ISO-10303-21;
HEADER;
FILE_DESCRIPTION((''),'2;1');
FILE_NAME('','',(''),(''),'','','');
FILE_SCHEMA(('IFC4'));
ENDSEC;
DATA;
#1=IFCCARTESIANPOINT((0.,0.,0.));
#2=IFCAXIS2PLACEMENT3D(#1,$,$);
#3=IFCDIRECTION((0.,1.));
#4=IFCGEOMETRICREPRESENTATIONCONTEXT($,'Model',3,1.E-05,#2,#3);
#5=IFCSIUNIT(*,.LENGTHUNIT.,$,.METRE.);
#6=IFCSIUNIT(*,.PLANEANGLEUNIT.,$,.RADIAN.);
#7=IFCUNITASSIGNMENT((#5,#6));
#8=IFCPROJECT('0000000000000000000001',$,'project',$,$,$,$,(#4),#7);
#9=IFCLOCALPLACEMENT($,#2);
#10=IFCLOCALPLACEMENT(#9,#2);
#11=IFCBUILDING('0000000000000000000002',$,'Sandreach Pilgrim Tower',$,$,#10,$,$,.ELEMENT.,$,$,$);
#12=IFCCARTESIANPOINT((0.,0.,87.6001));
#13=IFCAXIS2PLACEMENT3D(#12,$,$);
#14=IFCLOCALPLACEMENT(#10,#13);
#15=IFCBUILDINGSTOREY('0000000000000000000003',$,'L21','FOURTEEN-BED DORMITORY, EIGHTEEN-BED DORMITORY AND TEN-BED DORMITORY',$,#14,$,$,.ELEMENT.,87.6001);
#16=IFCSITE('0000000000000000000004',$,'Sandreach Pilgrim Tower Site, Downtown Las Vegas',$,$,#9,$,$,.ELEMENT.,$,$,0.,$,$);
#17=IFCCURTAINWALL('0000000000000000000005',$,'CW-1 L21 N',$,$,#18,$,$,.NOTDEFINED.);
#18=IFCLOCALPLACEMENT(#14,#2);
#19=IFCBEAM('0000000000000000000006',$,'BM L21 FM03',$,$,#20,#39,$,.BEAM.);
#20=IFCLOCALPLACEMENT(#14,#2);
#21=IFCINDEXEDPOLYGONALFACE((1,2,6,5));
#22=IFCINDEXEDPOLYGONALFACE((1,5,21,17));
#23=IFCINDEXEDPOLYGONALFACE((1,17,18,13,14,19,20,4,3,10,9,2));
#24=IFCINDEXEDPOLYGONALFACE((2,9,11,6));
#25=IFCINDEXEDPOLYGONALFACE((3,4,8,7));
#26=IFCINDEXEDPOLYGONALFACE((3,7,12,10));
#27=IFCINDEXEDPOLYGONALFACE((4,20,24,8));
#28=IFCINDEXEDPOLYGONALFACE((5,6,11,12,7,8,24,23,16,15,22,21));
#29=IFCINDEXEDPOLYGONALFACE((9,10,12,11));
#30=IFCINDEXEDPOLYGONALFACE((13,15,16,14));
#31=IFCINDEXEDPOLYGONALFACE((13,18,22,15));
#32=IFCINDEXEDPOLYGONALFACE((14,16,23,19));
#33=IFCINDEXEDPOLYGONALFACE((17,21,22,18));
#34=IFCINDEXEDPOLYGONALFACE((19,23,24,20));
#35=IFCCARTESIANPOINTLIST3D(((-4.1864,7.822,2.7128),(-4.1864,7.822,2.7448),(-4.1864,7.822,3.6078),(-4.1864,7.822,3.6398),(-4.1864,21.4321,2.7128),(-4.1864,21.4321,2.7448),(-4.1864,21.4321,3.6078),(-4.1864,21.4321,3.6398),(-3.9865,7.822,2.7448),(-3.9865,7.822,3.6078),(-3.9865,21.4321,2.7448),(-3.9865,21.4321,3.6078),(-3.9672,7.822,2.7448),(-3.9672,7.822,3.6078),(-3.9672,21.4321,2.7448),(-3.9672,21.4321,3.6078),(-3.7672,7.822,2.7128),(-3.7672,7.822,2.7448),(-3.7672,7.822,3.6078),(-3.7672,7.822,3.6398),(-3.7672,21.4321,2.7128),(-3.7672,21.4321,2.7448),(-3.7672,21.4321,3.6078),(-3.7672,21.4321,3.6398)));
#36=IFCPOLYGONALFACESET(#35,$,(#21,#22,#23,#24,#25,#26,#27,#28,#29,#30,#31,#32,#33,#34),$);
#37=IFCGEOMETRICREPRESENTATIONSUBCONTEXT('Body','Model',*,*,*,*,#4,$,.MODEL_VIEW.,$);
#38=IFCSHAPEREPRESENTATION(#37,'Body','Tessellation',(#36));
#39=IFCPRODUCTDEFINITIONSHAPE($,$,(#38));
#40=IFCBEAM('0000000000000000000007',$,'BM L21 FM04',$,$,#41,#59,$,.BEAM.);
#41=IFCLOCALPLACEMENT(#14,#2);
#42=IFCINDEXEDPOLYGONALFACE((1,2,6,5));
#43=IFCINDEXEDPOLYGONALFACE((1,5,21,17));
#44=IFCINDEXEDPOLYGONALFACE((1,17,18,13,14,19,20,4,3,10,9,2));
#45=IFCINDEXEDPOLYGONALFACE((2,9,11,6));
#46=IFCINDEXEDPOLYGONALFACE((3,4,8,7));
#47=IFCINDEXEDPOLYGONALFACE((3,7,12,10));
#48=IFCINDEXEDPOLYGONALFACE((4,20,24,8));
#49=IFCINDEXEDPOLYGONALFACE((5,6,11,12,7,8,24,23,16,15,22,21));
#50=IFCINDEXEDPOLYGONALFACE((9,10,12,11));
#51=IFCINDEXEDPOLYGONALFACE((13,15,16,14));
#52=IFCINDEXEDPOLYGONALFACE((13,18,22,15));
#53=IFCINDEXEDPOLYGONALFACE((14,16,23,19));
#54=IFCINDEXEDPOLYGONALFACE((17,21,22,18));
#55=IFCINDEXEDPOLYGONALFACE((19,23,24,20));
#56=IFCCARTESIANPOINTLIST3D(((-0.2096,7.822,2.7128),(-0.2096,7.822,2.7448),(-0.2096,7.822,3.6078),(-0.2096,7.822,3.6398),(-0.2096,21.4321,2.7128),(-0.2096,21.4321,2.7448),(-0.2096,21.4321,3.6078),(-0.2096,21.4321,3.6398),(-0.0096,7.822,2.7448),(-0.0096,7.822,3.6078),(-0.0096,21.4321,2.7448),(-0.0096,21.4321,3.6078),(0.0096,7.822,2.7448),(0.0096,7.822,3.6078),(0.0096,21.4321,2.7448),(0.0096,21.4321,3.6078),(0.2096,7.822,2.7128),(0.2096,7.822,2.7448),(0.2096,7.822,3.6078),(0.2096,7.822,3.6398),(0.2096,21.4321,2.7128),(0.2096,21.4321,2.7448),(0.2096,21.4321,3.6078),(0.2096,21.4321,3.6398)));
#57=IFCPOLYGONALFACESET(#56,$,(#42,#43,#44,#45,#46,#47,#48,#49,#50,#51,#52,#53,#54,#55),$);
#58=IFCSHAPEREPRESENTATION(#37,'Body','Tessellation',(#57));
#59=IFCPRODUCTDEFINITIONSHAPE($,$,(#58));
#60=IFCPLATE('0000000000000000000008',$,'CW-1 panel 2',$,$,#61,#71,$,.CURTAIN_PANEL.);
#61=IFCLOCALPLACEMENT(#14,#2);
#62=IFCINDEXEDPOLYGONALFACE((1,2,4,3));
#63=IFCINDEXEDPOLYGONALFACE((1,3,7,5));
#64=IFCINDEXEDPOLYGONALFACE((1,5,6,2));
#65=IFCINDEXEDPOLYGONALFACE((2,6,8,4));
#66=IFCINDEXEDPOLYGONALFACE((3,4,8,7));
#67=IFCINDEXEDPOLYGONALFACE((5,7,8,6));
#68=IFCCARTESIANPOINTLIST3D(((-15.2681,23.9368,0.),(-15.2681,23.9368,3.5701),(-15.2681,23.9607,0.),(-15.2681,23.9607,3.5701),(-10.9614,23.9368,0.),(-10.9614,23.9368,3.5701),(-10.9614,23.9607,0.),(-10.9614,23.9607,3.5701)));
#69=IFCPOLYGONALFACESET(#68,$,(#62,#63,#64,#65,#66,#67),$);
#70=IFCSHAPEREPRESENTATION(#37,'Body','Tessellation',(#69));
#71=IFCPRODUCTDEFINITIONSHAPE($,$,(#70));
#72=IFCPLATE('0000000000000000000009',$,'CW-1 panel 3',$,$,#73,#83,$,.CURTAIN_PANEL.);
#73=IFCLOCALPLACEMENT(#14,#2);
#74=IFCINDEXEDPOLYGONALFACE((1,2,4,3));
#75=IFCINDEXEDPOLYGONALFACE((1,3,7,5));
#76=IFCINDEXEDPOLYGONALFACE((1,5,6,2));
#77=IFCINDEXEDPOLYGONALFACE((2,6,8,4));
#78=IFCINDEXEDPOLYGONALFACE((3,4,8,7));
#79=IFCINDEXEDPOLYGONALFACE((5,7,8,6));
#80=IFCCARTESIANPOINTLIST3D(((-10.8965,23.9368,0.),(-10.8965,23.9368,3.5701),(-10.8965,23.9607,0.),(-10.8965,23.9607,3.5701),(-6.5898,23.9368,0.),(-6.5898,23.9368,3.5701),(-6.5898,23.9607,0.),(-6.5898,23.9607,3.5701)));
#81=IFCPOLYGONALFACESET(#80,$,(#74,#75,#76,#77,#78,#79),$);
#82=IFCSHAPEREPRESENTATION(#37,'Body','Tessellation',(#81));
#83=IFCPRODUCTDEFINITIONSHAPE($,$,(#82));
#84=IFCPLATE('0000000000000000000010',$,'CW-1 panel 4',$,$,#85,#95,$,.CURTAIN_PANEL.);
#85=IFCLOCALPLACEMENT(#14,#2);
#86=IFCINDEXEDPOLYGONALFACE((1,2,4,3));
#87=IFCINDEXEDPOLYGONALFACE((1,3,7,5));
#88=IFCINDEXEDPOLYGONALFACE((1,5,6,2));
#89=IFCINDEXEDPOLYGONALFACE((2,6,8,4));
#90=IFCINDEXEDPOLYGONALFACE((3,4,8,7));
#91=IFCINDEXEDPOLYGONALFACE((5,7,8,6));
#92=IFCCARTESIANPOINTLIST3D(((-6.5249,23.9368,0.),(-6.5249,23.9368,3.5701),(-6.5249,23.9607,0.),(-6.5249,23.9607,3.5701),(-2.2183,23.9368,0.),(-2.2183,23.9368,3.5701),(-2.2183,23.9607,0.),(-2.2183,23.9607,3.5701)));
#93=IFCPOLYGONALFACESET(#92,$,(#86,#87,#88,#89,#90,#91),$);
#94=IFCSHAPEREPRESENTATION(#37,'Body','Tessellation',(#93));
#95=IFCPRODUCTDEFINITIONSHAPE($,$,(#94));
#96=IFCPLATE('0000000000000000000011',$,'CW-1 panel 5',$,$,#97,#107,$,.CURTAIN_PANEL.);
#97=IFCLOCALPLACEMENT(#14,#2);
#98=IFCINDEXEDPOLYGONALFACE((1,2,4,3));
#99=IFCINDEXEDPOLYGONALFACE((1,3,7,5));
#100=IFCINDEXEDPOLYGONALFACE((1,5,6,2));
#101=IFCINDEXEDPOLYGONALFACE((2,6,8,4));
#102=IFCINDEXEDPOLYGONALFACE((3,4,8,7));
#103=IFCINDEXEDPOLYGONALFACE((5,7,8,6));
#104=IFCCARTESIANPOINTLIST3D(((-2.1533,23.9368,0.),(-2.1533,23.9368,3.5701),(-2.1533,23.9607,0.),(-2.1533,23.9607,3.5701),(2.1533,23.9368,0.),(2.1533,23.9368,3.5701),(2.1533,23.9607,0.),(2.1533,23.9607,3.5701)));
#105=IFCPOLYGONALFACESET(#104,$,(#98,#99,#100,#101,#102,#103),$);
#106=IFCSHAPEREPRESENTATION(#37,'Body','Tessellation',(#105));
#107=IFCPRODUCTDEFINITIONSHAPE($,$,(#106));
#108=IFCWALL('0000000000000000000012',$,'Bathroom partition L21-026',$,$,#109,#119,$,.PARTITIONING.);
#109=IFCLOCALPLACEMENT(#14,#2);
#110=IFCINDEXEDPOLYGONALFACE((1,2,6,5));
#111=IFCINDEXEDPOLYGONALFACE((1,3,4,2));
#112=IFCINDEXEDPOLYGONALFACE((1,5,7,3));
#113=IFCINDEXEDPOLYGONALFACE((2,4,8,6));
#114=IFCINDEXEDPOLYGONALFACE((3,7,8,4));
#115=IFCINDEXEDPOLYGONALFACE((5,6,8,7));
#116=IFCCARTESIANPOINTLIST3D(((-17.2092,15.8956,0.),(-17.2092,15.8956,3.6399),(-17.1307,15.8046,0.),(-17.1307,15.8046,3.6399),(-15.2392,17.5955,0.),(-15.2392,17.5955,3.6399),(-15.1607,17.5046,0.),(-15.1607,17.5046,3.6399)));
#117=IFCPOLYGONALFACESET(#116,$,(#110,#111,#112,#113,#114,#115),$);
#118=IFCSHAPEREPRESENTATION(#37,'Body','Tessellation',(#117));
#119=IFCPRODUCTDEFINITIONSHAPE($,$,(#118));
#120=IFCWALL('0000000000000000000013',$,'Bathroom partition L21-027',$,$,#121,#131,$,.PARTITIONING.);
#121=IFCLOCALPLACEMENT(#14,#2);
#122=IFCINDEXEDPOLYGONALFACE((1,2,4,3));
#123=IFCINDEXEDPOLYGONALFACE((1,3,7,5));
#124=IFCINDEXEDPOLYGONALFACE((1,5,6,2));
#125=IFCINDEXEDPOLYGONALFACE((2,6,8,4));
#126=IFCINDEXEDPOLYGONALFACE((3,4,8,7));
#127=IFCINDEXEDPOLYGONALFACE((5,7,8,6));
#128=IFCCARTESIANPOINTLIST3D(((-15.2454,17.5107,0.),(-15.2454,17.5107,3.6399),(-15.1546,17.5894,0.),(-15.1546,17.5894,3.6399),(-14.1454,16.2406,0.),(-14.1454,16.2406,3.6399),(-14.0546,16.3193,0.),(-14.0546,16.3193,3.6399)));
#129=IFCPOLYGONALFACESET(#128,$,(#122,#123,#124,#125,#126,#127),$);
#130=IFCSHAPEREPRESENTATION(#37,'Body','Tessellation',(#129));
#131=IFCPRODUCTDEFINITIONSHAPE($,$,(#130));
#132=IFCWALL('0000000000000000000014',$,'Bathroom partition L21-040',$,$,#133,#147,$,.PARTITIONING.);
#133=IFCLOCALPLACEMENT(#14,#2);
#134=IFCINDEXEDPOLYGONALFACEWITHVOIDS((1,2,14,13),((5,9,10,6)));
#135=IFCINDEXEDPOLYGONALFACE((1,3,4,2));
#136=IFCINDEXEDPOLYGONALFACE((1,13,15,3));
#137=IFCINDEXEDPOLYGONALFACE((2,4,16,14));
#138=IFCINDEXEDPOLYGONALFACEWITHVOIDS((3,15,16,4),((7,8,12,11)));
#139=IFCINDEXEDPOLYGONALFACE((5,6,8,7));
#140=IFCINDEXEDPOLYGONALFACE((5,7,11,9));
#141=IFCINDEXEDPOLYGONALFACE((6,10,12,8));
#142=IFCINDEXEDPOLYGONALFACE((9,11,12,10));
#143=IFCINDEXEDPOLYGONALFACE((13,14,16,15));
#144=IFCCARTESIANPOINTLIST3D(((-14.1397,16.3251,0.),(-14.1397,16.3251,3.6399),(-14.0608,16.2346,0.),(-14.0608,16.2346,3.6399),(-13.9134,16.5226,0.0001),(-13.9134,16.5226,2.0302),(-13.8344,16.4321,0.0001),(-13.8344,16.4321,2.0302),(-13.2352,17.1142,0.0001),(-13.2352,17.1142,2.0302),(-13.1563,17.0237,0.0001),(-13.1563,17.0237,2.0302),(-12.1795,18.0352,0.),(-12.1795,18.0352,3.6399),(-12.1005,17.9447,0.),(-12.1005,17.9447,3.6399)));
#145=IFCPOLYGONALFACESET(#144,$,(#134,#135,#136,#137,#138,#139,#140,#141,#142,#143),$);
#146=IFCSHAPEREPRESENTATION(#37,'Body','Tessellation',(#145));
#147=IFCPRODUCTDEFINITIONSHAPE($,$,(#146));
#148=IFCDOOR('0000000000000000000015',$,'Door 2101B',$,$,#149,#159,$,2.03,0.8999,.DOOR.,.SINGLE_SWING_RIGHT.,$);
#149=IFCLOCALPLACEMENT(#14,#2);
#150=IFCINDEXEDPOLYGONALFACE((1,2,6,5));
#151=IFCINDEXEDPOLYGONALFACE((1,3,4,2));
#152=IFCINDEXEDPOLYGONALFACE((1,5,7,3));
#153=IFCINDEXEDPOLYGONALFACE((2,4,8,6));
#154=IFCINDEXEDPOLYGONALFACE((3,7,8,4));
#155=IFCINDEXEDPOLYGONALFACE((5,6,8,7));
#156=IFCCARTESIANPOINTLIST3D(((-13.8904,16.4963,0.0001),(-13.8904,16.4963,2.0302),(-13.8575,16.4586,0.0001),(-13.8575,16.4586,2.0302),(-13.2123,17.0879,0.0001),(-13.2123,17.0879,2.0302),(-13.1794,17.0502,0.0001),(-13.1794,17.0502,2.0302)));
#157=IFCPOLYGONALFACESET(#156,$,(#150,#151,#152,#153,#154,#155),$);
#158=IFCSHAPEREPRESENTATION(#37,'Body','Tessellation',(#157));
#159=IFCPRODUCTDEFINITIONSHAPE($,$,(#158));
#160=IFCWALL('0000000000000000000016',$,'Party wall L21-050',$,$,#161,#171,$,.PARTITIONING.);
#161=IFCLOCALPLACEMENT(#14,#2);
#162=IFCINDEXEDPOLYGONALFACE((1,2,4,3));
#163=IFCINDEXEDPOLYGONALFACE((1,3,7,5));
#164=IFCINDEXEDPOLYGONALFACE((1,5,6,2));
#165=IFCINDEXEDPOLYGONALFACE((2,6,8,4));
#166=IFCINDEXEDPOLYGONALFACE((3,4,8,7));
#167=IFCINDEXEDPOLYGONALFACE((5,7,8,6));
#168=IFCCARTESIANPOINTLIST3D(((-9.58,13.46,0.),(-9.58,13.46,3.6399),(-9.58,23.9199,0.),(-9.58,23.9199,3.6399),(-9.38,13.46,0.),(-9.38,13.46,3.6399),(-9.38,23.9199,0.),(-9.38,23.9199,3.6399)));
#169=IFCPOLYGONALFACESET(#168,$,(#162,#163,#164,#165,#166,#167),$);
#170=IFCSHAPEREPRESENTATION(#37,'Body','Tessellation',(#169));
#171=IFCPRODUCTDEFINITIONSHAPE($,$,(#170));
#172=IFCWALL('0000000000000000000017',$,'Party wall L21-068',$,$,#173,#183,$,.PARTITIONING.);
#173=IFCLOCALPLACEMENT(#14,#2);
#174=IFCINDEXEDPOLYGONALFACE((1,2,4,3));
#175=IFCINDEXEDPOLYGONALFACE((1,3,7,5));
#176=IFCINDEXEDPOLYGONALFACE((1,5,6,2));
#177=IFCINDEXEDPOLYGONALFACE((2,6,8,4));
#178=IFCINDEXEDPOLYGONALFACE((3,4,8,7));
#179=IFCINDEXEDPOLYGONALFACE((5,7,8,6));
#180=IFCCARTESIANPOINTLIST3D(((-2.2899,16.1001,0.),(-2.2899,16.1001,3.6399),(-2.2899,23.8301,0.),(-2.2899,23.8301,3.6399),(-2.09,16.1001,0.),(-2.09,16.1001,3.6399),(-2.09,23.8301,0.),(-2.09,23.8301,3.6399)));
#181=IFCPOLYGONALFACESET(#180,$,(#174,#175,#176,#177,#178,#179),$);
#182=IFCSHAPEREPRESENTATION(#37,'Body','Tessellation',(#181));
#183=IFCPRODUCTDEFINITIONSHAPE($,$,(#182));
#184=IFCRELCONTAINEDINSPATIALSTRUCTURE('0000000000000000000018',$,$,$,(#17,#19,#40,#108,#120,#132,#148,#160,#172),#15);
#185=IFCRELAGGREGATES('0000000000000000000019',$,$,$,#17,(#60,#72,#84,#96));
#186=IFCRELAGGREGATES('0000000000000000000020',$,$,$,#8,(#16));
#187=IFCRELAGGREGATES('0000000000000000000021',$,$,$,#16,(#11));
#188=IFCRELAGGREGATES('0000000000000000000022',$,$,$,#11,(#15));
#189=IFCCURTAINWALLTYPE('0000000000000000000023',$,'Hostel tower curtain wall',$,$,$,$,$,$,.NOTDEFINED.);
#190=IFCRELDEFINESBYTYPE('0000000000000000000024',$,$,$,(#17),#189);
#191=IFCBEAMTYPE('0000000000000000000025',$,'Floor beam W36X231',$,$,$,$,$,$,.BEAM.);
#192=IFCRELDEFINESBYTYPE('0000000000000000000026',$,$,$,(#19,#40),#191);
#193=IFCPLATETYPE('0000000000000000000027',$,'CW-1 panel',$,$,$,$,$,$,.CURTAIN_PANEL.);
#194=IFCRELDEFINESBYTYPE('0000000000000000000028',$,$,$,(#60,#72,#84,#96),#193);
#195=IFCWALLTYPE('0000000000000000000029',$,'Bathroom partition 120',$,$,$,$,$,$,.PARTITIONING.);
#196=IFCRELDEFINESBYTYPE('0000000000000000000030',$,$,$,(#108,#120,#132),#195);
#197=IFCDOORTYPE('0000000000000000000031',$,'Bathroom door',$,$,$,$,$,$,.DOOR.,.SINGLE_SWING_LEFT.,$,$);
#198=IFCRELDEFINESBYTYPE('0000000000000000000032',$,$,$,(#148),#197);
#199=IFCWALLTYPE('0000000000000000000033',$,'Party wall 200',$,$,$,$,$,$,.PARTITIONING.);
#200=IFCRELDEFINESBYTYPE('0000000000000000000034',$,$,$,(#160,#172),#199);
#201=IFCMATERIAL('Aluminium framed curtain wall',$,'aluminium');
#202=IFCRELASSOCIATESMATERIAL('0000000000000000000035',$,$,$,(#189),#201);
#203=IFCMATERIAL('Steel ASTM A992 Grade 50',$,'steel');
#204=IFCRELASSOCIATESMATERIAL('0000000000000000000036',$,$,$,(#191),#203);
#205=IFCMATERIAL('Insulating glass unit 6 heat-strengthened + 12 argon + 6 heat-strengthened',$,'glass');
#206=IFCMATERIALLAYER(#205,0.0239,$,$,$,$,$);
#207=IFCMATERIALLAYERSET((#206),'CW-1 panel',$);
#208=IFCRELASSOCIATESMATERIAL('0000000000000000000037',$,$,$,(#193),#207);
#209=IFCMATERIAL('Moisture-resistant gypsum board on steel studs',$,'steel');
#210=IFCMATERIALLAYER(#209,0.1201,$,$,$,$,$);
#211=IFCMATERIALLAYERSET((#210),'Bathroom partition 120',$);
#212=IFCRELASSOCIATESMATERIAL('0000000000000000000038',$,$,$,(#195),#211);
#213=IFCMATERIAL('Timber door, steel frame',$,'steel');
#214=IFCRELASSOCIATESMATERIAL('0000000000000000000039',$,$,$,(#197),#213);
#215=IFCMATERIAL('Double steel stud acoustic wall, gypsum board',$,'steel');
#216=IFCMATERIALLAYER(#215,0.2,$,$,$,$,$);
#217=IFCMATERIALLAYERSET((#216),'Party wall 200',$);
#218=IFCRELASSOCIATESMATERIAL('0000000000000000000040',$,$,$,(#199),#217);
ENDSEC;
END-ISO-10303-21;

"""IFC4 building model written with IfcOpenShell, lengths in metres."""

from ifc_helpers import new_model, si_unit, direction, frame, frame_2d, origin, origin_2d, place, context, subcontext, project, spatial, rectangle, i_section, extrude, material, layer, layer_set, material_profile, profile_set, type_object, element, fill, aggregate, save


model = new_model("IFC4")

# Units and contexts
model_context = context("Model", 3, precision=1e-05, world=origin(), true_north=direction((0.0, 1.0)))
body_context = subcontext(model_context, "Body", "Model", "MODEL_VIEW")
ifc_project = project(units=[si_unit("LENGTHUNIT", "METRE"), si_unit("PLANEANGLEUNIT", "RADIAN")], contexts=[model_context])

# Site, building, storey
site_placement = place(None, origin())
site = spatial("IfcSite", under=ifc_project, at=site_placement, Name="Sandreach Pilgrim Tower Site, Downtown Las Vegas", CompositionType="ELEMENT", RefElevation=0.0)
building_placement = place(site_placement, origin())
building = spatial("IfcBuilding", under=site, at=building_placement, Name="Sandreach Pilgrim Tower", CompositionType="ELEMENT")
storey_placement = place(building_placement, frame((0.0, 0.0, 87.6001)))
storey = spatial("IfcBuildingStorey", under=building, at=storey_placement, Name="L21", Description="FOURTEEN-BED DORMITORY, EIGHTEEN-BED DORMITORY AND TEN-BED DORMITORY", CompositionType="ELEMENT", Elevation=87.6001)

# Curtain wall
ifc_material_1 = material(Name="Aluminium framed curtain wall", Category="aluminium")
curtain_wall_type = type_object("IfcCurtainWallType", Name="Hostel tower curtain wall", PredefinedType="NOTDEFINED", material=ifc_material_1)
curtain_wall_placement = place(storey_placement, origin())
curtain_wall = element("IfcCurtainWall", 1, at=curtain_wall_placement, inside=storey, type_object=curtain_wall_type, Name="CW-1 L21 N", PredefinedType="NOTDEFINED")

# Beams
ifc_material_2 = material(Name="Steel ASTM A992 Grade 50", Category="steel")
ifc_material_profile_1 = material_profile(ifc_material_2, i_section(OverallWidth=0.4192, OverallDepth=0.927, WebThickness=0.0193, FlangeThickness=0.032, at=origin_2d()), Name="W36X231")
ifc_profile_set_1 = profile_set([ifc_material_profile_1], Name="Steel ASTM A992 Grade 50")
beam_type_1 = type_object("IfcBeamType", Name="Floor beam W36X231", PredefinedType="BEAM", material=ifc_profile_set_1)
for number, where, z_axis, x_axis, name in (
    (2, (-3.9768, 21.4321, 3.1763), (0.0, -1.0, 0.0), (1.0, 0.0, 0.0), "BM L21 FM03"),
    (3, (0.0, 21.4321, 3.1763), (0.0, -1.0, 0.0), (1.0, 0.0, 0.0), "BM L21 FM04"),
):
    element("IfcBeam", number, at=place(storey_placement, frame(where, z_axis=z_axis, x_axis=x_axis)), inside=storey, type_object=beam_type_1, Name=name, PredefinedType="BEAM", context=body_context, shape_type="SweptSolid", body=[
        extrude(i_section(OverallWidth=0.4192, OverallDepth=0.927, WebThickness=0.0193, FlangeThickness=0.032, at=origin_2d()), origin(), (0.0, 0.0, 1.0), 13.6101),
    ])

# Plates
ifc_material_3 = material(Name="Insulating glass unit 6 heat-strengthened + 12 argon + 6 heat-strengthened", Category="glass")
ifc_layer_1 = layer(ifc_material_3, 0.0239)
ifc_layer_set_1 = layer_set([ifc_layer_1], Name="CW-1 panel")
plate_type = type_object("IfcPlateType", Name="CW-1 panel", PredefinedType="CURTAIN_PANEL", material=ifc_layer_set_1)
plate_1_placement = place(storey_placement, frame((-13.1147, 23.9487, 0.0), z_axis=(0.0, 0.0, 1.0), x_axis=(1.0, 0.0, 0.0)))
plate_1 = element("IfcPlate", 4, at=plate_1_placement, type_object=plate_type, Name="CW-1 panel 2", PredefinedType="CURTAIN_PANEL", context=body_context, shape_type="SweptSolid", body=[
    extrude(rectangle(XDim=4.3066, YDim=0.0239, at=origin_2d()), origin(), (0.0, 0.0, 1.0), 3.5701),
])
plate_2_placement = place(storey_placement, frame((-8.7432, 23.9487, 0.0), z_axis=(0.0, 0.0, 1.0), x_axis=(1.0, 0.0, 0.0)))
plate_2 = element("IfcPlate", 5, at=plate_2_placement, type_object=plate_type, Name="CW-1 panel 3", PredefinedType="CURTAIN_PANEL", context=body_context, shape_type="SweptSolid", body=[
    extrude(rectangle(XDim=4.3066, YDim=0.0239, at=origin_2d()), origin(), (0.0, 0.0, 1.0), 3.5701),
])
plate_3_placement = place(storey_placement, frame((-4.3716, 23.9487, 0.0), z_axis=(0.0, 0.0, 1.0), x_axis=(1.0, 0.0, 0.0)))
plate_3 = element("IfcPlate", 6, at=plate_3_placement, type_object=plate_type, Name="CW-1 panel 4", PredefinedType="CURTAIN_PANEL", context=body_context, shape_type="SweptSolid", body=[
    extrude(rectangle(XDim=4.3066, YDim=0.0239, at=origin_2d()), origin(), (0.0, 0.0, 1.0), 3.5701),
])
plate_4_placement = place(storey_placement, frame((0.0, 23.9487, 0.0), z_axis=(0.0, 0.0, 1.0), x_axis=(1.0, 0.0, 0.0)))
plate_4 = element("IfcPlate", 7, at=plate_4_placement, type_object=plate_type, Name="CW-1 panel 5", PredefinedType="CURTAIN_PANEL", context=body_context, shape_type="SweptSolid", body=[
    extrude(rectangle(XDim=4.3066, YDim=0.0239, at=origin_2d()), origin(), (0.0, 0.0, 1.0), 3.5701),
])
aggregate(curtain_wall, [plate_1, plate_2, plate_3, plate_4])

# Walls
ifc_material_4 = material(Name="Moisture-resistant gypsum board on steel studs", Category="steel")
ifc_layer_2 = layer(ifc_material_4, 0.1201)
ifc_layer_set_2 = layer_set([ifc_layer_2], Name="Bathroom partition 120")
wall_type_1 = type_object("IfcWallType", Name="Bathroom partition 120", PredefinedType="PARTITIONING", material=ifc_layer_set_2)
wall_1_placement = place(storey_placement, frame((-15.2, 17.55, 0.0), z_axis=(0.0, 0.0, 1.0), x_axis=(-0.757087, -0.653314, 0.0)))
element("IfcWall", 8, at=wall_1_placement, inside=storey, type_object=wall_type_1, Name="Bathroom partition L21-026", PredefinedType="PARTITIONING", context=body_context, shape_type="SweptSolid", body=[
    extrude(rectangle(XDim=2.6021, YDim=0.1201, at=frame_2d((1.301, 0.0))), origin(), (0.0, 0.0, 1.0), 3.6399),
])
wall_2_placement = place(storey_placement, frame((-15.2, 17.55, 0.0), z_axis=(0.0, 0.0, 1.0), x_axis=(0.654648, -0.755934, 0.0)))
element("IfcWall", 9, at=wall_2_placement, inside=storey, type_object=wall_type_1, Name="Bathroom partition L21-027", PredefinedType="PARTITIONING", context=body_context, shape_type="SweptSolid", body=[
    extrude(rectangle(XDim=1.6802, YDim=0.1201, at=frame_2d((0.8401, 0.0))), origin(), (0.0, 0.0, 1.0), 3.6399),
])

# Wall, opening, door
wall_3_placement = place(storey_placement, frame((-12.1399, 17.99, 0.0), z_axis=(0.0, 0.0, 1.0), x_axis=(-0.75357, -0.657368, 0.0)))
wall_3 = element("IfcWall", 10, at=wall_3_placement, inside=storey, type_object=wall_type_1, Name="Bathroom partition L21-040", PredefinedType="PARTITIONING", context=body_context, shape_type="SweptSolid", body=[
    extrude(rectangle(XDim=2.6013, YDim=0.1201, at=frame_2d((1.3008, 0.0))), origin(), (0.0, 0.0, 1.0), 3.6399),
])
opening_placement = place(wall_3_placement, frame((1.4011, 0.0, 0.0)))
opening = element("IfcOpeningElement", 11, at=opening_placement, cuts=wall_3, PredefinedType="OPENING", context=body_context, shape_type="SweptSolid", body=[
    extrude(rectangle(XDim=0.8999, YDim=2.03, at=frame_2d((0.45, 1.0151))), frame((0.0, 0.0601, 0.0), z_axis=(0.0, -1.0, 0.0), x_axis=(1.0, 0.0, 0.0)), (0.0, 0.0, 1.0), 0.1201),
])
ifc_material_5 = material(Name="Timber door, steel frame", Category="steel")
door_type = type_object("IfcDoorType", Name="Bathroom door", OperationType="SINGLE_SWING_LEFT", PredefinedType="DOOR", material=ifc_material_5)
door_placement = place(opening_placement, origin())
door = element("IfcDoor", 12, at=door_placement, inside=storey, type_object=door_type, Name="Door 2101B", OperationType="SINGLE_SWING_RIGHT", OverallHeight=2.03, OverallWidth=0.8999, PredefinedType="DOOR", context=body_context, shape_type="SweptSolid", body=[
    extrude(rectangle(XDim=0.8999, YDim=2.03, at=frame_2d((0.45, 1.0151))), frame((0.0, 0.0249, 0.0), z_axis=(0.0, -1.0, 0.0), x_axis=(1.0, 0.0, 0.0)), (0.0, 0.0, 1.0), 0.05),
])
fill(opening, door)

# Walls
ifc_material_6 = material(Name="Double steel stud acoustic wall, gypsum board", Category="steel")
ifc_layer_3 = layer(ifc_material_6, 0.2)
ifc_layer_set_3 = layer_set([ifc_layer_3], Name="Party wall 200")
wall_type_2 = type_object("IfcWallType", Name="Party wall 200", PredefinedType="PARTITIONING", material=ifc_layer_set_3)
wall_4_placement = place(storey_placement, frame((-9.48, 23.9199, 0.0), z_axis=(0.0, 0.0, 1.0), x_axis=(0.0, -1.0, 0.0)))
element("IfcWall", 13, at=wall_4_placement, inside=storey, type_object=wall_type_2, Name="Party wall L21-050", PredefinedType="PARTITIONING", context=body_context, shape_type="SweptSolid", body=[
    extrude(rectangle(XDim=10.46, YDim=0.2, at=frame_2d((5.23, 0.0))), origin(), (0.0, 0.0, 1.0), 3.6399),
])
wall_5_placement = place(storey_placement, frame((-2.1899, 23.8301, 0.0), z_axis=(0.0, 0.0, 1.0), x_axis=(0.0, -1.0, 0.0)))
element("IfcWall", 14, at=wall_5_placement, inside=storey, type_object=wall_type_2, Name="Party wall L21-068", PredefinedType="PARTITIONING", context=body_context, shape_type="SweptSolid", body=[
    extrude(rectangle(XDim=7.73, YDim=0.2, at=frame_2d((3.865, 0.0))), origin(), (0.0, 0.0, 1.0), 3.6399),
])

save(model, "model.ifc")
